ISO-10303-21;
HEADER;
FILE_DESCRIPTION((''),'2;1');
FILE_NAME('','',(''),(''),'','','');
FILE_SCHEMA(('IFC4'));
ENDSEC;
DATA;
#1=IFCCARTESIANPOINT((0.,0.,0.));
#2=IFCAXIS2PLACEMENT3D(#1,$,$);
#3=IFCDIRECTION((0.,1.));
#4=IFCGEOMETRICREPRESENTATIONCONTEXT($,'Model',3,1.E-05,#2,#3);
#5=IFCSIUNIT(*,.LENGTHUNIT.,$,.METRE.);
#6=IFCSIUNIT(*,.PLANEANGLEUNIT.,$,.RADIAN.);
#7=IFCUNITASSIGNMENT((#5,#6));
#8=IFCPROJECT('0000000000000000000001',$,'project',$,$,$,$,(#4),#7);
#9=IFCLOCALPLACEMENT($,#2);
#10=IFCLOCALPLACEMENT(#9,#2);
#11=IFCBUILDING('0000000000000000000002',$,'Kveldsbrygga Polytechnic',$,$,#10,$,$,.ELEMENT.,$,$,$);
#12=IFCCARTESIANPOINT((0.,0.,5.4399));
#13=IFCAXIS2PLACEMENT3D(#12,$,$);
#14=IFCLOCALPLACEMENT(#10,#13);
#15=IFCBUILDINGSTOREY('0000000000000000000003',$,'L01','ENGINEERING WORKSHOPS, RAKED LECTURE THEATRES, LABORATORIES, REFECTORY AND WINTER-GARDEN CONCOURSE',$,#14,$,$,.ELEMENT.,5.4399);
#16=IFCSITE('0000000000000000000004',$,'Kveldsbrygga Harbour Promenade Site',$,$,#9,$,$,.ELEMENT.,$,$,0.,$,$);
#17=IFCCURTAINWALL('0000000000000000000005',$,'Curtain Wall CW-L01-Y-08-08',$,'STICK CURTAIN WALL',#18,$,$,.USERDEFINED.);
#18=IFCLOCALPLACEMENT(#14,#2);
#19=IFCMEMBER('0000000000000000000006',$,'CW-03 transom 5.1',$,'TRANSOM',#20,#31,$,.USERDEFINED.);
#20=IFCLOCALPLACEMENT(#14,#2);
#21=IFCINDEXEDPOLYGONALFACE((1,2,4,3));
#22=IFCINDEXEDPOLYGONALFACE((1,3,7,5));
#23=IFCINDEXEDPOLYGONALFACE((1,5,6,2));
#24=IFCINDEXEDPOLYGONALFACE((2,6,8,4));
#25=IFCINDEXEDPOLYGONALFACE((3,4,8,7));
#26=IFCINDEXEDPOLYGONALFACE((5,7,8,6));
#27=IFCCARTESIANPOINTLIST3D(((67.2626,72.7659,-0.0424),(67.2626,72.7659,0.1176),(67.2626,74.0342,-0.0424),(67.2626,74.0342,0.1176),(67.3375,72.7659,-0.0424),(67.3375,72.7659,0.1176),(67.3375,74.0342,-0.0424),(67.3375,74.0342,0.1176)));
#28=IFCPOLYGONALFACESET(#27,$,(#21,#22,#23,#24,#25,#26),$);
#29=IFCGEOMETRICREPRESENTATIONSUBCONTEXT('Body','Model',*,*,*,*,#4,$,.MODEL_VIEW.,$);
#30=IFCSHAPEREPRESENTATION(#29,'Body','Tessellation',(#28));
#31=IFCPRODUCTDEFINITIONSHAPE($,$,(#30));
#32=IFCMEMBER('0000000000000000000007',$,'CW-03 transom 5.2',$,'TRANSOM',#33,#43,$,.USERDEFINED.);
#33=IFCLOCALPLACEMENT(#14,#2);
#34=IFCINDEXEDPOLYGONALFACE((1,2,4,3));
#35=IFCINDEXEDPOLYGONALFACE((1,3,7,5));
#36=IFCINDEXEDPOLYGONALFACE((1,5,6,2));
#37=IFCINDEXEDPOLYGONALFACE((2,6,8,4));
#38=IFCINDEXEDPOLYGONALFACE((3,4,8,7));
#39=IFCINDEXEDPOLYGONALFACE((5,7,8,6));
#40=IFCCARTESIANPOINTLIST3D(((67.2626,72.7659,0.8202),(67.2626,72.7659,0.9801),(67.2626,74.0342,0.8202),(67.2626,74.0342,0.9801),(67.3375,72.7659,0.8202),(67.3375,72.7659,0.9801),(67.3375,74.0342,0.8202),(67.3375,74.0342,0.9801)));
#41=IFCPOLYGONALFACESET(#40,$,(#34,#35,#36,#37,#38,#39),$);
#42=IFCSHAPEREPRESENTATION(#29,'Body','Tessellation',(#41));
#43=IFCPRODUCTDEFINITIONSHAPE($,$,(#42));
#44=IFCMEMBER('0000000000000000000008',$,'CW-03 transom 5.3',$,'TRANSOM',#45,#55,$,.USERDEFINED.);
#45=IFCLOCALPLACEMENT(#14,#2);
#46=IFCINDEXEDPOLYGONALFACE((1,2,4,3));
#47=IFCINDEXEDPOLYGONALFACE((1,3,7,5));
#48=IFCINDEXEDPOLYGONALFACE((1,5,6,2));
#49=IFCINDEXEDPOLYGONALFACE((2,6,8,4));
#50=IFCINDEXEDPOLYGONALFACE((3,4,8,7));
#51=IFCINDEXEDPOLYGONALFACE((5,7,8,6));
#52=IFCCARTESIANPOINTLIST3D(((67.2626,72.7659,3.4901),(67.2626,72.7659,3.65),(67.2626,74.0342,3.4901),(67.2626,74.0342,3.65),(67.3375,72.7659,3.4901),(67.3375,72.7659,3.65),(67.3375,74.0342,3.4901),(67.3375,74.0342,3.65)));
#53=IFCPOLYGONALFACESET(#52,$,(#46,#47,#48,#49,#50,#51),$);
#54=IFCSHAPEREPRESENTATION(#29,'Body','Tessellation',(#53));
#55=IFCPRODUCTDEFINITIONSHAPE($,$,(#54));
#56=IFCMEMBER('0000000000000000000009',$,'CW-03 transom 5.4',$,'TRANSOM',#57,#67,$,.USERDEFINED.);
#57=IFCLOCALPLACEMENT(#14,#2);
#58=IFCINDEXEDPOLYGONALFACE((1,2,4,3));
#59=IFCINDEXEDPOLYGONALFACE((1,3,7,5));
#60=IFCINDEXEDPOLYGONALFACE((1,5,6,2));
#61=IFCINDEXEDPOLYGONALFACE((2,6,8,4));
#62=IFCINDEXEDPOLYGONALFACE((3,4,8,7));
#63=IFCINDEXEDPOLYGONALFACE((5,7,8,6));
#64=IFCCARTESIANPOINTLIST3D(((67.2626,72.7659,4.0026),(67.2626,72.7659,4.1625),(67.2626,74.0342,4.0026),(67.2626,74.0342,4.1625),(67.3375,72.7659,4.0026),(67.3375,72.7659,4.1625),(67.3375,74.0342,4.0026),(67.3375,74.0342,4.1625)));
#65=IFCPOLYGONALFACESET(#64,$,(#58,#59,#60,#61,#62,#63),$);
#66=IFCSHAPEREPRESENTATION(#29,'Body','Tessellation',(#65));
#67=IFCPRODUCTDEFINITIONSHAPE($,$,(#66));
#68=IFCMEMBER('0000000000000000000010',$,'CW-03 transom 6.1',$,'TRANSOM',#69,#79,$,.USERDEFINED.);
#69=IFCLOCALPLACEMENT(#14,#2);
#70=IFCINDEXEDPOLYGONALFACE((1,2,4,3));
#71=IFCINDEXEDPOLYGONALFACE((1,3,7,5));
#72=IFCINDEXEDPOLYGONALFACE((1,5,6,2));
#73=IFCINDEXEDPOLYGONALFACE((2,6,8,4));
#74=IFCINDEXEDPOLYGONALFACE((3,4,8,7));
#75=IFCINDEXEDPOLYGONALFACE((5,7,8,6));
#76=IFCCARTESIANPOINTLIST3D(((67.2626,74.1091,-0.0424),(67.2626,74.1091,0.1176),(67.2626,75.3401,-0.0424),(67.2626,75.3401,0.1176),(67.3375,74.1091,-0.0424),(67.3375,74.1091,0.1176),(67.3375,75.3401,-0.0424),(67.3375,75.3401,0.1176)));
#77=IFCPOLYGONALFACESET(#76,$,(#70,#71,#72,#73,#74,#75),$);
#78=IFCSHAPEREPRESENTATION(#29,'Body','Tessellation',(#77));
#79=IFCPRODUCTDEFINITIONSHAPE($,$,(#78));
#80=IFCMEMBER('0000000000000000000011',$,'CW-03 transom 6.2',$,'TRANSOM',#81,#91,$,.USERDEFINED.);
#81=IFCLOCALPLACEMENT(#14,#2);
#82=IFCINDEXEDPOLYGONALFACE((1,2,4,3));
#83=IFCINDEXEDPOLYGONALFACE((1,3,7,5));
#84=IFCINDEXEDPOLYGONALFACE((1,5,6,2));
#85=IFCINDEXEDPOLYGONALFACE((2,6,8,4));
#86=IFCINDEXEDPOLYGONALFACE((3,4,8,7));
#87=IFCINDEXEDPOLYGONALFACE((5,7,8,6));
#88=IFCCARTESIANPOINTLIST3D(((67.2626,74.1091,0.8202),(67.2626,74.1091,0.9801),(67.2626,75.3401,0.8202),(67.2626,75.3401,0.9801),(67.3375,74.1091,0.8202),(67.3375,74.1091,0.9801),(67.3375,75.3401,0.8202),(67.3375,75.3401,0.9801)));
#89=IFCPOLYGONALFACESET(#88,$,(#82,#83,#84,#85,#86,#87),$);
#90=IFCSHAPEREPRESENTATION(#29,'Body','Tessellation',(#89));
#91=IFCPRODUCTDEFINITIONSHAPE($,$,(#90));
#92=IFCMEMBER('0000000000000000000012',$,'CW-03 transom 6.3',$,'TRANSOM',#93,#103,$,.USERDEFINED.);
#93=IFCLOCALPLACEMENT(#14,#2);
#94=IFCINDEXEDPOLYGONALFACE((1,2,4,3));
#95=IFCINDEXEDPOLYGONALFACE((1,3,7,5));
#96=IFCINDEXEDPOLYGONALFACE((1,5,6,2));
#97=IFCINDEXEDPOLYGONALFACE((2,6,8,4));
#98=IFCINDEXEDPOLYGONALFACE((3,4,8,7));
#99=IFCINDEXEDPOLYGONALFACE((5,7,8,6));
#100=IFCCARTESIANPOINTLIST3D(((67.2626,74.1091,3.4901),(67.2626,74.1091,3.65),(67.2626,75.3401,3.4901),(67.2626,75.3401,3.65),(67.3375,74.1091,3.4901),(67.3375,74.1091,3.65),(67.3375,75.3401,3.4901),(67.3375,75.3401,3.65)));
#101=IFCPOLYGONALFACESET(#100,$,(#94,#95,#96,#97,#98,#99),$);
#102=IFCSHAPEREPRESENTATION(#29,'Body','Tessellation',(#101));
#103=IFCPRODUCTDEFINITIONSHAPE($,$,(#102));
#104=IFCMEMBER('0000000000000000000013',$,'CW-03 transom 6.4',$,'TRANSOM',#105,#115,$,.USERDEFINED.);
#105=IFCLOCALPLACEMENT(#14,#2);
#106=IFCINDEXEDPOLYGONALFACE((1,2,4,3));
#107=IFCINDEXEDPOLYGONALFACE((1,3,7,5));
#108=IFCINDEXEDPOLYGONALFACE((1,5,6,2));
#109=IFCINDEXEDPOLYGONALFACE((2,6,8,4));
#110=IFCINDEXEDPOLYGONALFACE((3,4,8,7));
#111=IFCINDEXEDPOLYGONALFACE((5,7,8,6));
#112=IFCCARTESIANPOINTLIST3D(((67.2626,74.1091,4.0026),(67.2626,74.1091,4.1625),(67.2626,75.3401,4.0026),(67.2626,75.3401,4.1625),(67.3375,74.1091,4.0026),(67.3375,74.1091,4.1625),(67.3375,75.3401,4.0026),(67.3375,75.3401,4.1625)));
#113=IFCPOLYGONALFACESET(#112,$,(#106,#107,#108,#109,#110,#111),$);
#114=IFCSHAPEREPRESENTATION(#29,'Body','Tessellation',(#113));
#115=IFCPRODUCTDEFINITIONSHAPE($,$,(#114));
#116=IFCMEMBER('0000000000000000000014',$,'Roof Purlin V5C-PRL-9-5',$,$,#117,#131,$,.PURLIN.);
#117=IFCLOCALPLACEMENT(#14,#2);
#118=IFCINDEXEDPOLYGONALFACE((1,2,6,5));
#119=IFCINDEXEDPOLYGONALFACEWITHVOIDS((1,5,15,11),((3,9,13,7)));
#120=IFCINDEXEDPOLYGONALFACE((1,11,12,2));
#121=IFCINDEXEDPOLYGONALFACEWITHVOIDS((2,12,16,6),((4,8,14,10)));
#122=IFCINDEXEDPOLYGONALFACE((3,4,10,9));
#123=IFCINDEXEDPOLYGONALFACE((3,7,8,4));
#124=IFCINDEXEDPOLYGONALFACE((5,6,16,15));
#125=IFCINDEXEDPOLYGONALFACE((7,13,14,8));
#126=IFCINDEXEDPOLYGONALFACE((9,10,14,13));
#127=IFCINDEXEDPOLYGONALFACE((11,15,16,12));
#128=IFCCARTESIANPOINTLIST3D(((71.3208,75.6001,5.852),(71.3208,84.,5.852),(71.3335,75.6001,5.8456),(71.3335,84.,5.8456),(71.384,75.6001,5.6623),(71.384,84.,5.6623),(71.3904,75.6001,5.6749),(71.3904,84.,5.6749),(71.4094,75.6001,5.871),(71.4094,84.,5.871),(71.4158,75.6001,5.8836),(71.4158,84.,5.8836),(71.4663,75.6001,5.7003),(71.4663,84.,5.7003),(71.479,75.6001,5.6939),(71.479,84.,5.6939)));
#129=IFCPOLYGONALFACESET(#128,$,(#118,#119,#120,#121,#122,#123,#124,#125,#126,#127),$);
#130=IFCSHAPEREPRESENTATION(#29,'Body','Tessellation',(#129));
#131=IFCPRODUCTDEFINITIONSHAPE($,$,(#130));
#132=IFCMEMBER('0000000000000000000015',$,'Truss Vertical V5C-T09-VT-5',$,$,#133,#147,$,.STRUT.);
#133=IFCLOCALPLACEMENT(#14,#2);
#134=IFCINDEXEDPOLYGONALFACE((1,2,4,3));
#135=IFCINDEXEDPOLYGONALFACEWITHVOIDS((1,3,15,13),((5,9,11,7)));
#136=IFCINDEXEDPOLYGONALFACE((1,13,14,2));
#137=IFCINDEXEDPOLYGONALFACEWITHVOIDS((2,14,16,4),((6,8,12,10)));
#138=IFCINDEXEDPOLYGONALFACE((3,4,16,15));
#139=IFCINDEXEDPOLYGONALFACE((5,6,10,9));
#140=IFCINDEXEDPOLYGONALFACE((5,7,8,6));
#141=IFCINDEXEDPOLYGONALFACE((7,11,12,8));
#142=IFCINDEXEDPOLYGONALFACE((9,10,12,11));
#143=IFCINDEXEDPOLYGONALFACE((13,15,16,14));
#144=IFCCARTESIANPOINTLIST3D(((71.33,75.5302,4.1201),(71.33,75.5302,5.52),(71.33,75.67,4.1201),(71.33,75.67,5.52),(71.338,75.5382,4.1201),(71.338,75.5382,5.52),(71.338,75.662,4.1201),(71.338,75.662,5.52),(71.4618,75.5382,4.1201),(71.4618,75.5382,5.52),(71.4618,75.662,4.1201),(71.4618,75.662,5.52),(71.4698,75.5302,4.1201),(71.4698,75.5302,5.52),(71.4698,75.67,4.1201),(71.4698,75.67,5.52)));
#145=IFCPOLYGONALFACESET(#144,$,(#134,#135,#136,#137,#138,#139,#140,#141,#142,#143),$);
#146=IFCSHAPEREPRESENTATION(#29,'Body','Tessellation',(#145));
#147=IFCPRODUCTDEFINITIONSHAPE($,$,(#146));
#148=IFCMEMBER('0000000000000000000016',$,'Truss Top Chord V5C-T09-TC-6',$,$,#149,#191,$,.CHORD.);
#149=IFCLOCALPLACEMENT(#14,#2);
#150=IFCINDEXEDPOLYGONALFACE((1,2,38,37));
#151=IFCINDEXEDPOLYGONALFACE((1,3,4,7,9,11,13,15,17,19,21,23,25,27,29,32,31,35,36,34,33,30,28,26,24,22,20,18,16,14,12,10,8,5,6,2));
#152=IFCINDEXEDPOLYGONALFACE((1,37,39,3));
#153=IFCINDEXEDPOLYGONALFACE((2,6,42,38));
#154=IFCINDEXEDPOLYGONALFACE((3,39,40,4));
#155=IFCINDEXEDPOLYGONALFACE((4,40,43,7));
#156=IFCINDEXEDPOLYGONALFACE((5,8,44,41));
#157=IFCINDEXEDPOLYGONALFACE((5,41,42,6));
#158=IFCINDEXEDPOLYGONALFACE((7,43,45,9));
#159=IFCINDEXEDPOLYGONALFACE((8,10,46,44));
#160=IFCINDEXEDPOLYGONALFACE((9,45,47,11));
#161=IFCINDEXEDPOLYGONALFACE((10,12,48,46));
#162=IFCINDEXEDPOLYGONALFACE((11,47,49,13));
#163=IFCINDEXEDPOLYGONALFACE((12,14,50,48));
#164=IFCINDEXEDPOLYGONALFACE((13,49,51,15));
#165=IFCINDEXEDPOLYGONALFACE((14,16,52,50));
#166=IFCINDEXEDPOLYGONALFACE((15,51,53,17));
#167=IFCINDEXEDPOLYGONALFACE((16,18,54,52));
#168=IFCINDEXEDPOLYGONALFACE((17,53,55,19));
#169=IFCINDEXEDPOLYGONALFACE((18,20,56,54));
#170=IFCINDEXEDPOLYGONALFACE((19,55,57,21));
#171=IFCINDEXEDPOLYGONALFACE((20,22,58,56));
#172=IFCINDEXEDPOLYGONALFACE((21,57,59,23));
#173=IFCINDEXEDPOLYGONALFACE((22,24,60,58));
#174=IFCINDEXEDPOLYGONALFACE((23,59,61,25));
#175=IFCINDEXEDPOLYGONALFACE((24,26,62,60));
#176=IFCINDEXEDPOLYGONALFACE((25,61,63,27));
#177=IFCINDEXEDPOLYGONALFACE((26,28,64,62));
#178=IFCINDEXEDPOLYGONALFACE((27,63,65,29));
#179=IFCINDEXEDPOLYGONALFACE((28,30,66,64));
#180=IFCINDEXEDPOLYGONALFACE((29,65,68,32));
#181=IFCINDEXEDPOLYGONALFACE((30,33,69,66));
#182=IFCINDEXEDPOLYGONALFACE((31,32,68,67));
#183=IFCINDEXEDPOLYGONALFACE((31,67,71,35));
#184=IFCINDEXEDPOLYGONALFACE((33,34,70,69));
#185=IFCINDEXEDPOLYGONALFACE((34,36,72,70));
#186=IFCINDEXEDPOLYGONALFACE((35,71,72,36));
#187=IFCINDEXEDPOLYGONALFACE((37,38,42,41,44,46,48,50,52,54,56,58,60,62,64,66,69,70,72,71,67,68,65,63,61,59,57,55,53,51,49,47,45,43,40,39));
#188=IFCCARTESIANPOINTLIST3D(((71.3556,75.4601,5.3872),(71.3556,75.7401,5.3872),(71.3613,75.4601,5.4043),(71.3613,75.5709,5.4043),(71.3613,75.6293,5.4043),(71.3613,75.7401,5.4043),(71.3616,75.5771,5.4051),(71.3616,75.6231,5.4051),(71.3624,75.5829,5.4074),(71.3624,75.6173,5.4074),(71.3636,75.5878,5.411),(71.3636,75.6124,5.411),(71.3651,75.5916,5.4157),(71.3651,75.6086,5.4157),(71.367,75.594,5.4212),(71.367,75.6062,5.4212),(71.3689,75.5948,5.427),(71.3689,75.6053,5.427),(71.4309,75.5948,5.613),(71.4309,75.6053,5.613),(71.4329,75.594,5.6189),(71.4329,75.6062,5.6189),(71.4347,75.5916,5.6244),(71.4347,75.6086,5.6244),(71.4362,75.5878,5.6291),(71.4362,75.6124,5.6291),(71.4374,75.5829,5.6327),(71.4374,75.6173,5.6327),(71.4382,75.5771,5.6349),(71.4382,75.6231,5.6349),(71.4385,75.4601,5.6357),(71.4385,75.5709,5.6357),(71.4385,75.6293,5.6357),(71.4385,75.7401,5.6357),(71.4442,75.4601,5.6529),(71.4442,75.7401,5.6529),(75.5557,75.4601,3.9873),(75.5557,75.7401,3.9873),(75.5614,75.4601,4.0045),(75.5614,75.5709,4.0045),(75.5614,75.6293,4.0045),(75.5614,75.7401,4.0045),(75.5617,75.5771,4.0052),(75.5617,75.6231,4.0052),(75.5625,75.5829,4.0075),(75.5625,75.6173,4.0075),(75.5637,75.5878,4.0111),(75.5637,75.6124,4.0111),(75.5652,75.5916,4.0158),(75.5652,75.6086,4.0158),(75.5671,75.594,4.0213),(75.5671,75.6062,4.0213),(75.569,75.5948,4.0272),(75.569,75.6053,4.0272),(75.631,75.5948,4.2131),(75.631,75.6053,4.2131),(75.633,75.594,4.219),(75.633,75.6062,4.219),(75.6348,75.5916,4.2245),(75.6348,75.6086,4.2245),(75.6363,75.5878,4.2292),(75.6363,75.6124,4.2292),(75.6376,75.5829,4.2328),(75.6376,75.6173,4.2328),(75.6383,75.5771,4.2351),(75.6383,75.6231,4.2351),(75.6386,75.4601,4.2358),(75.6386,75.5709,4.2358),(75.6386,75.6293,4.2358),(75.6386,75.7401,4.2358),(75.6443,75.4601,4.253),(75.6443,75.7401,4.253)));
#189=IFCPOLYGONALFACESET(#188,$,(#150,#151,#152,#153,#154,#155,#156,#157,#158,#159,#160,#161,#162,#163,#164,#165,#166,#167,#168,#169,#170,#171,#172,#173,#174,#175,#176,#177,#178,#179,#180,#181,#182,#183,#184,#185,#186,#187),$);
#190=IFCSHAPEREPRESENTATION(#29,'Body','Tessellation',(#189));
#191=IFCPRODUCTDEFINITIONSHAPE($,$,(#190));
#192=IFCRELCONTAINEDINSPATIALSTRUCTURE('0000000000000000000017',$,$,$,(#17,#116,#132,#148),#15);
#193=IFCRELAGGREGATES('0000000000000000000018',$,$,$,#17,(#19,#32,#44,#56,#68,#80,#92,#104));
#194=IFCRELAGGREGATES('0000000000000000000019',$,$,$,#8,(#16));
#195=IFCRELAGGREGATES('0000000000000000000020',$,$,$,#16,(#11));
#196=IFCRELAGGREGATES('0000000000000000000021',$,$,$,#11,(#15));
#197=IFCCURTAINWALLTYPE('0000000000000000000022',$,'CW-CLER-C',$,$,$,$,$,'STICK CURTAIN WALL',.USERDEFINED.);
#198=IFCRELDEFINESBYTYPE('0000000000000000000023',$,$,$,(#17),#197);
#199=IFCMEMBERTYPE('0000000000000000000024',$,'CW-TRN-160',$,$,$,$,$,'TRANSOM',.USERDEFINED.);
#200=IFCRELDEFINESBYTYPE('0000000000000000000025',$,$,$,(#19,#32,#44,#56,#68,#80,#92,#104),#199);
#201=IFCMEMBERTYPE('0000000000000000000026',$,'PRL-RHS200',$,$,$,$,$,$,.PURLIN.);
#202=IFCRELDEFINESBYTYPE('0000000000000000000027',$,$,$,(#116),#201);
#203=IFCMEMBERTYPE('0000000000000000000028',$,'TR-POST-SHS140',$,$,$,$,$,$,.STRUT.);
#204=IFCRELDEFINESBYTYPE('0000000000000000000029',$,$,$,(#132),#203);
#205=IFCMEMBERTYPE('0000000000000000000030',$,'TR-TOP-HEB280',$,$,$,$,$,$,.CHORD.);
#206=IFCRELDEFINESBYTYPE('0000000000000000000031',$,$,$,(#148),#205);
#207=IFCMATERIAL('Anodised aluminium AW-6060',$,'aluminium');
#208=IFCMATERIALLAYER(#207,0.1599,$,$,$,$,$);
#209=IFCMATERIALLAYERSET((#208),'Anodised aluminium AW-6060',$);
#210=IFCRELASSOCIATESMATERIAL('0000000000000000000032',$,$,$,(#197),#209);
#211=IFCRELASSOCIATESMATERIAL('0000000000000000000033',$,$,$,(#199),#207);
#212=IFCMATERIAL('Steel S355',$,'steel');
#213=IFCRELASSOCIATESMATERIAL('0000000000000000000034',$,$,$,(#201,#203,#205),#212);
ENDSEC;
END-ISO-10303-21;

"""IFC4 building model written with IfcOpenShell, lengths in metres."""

from ifc_helpers import new_model, si_unit, direction, frame, origin, origin_2d, place, context, subcontext, project, spatial, rectangle, hollow_rectangle, i_section, extrude, material, layer, layer_set, material_profile, profile_set, type_object, element, aggregate, save


model = new_model("IFC4")

# Units and contexts
model_context = context("Model", 3, precision=1e-05, world=origin(), true_north=direction((0.0, 1.0)))
body_context = subcontext(model_context, "Body", "Model", "MODEL_VIEW")
ifc_project = project(units=[si_unit("LENGTHUNIT", "METRE"), si_unit("PLANEANGLEUNIT", "RADIAN")], contexts=[model_context])

# Site, building, storey
site_placement = place(None, origin())
site = spatial("IfcSite", under=ifc_project, at=site_placement, Name="Kveldsbrygga Harbour Promenade Site", CompositionType="ELEMENT", RefElevation=0.0)
building_placement = place(site_placement, origin())
building = spatial("IfcBuilding", under=site, at=building_placement, Name="Kveldsbrygga Polytechnic", CompositionType="ELEMENT")
storey_placement = place(building_placement, frame((0.0, 0.0, 5.4399)))
storey = spatial("IfcBuildingStorey", under=building, at=storey_placement, Name="L01", Description="ENGINEERING WORKSHOPS, RAKED LECTURE THEATRES, LABORATORIES, REFECTORY AND WINTER-GARDEN CONCOURSE", CompositionType="ELEMENT", Elevation=5.4399)

# Shared definitions
ifc_material_1 = material(Name="Anodised aluminium AW-6060", Category="aluminium")

# Curtain wall
ifc_layer_1 = layer(ifc_material_1, 0.1599)
ifc_layer_set_1 = layer_set([ifc_layer_1], Name="Anodised aluminium AW-6060")
curtain_wall_type_1 = type_object("IfcCurtainWallType", Name="CW-CLER-C", ElementType="STICK CURTAIN WALL", PredefinedType="USERDEFINED", material=ifc_layer_set_1)
curtain_wall_1_placement = place(storey_placement, origin())
curtain_wall_1 = element("IfcCurtainWall", 1, at=curtain_wall_1_placement, inside=storey, type_object=curtain_wall_type_1, Name="Curtain Wall CW-L01-Y-08-08", ObjectType="STICK CURTAIN WALL", PredefinedType="USERDEFINED")

# Members
ifc_material_profile_1 = material_profile(ifc_material_1, rectangle(XDim=0.075, YDim=0.1599, at=origin_2d()), Name="ALU 75x160")
ifc_profile_set_1 = profile_set([ifc_material_profile_1], Name="Anodised aluminium AW-6060")
member_type_1 = type_object("IfcMemberType", Name="CW-TRN-160", ElementType="TRANSOM", PredefinedType="USERDEFINED", material=ifc_profile_set_1)
member_1_placement = place(storey_placement, frame((67.3, 72.7659, 0.0376), z_axis=(0.0, 1.0, 0.0), x_axis=(-1.0, 0.0, 0.0)))
member_1 = element("IfcMember", 2, at=member_1_placement, type_object=member_type_1, Name="CW-03 transom 5.1", ObjectType="TRANSOM", PredefinedType="USERDEFINED", context=body_context, shape_type="SweptSolid", body=[
    extrude(rectangle(XDim=0.075, YDim=0.1599, at=origin_2d()), origin(), (0.0, 0.0, 1.0), 1.2683),
])
member_2_placement = place(storey_placement, frame((67.3, 72.7659, 0.9001), z_axis=(0.0, 1.0, 0.0), x_axis=(-1.0, 0.0, 0.0)))
member_2 = element("IfcMember", 3, at=member_2_placement, type_object=member_type_1, Name="CW-03 transom 5.2", ObjectType="TRANSOM", PredefinedType="USERDEFINED", context=body_context, shape_type="SweptSolid", body=[
    extrude(rectangle(XDim=0.075, YDim=0.1599, at=origin_2d()), origin(), (0.0, 0.0, 1.0), 1.2683),
])
member_3_placement = place(storey_placement, frame((67.3, 72.7659, 3.5701), z_axis=(0.0, 1.0, 0.0), x_axis=(-1.0, 0.0, 0.0)))
member_3 = element("IfcMember", 4, at=member_3_placement, type_object=member_type_1, Name="CW-03 transom 5.3", ObjectType="TRANSOM", PredefinedType="USERDEFINED", context=body_context, shape_type="SweptSolid", body=[
    extrude(rectangle(XDim=0.075, YDim=0.1599, at=origin_2d()), origin(), (0.0, 0.0, 1.0), 1.2683),
])
member_4_placement = place(storey_placement, frame((67.3, 72.7659, 4.0825), z_axis=(0.0, 1.0, 0.0), x_axis=(-1.0, 0.0, 0.0)))
member_4 = element("IfcMember", 5, at=member_4_placement, type_object=member_type_1, Name="CW-03 transom 5.4", ObjectType="TRANSOM", PredefinedType="USERDEFINED", context=body_context, shape_type="SweptSolid", body=[
    extrude(rectangle(XDim=0.075, YDim=0.1599, at=origin_2d()), origin(), (0.0, 0.0, 1.0), 1.2683),
])
member_5_placement = place(storey_placement, frame((67.3, 74.1091, 0.0376), z_axis=(0.0, 1.0, 0.0), x_axis=(-1.0, 0.0, 0.0)))
member_5 = element("IfcMember", 6, at=member_5_placement, type_object=member_type_1, Name="CW-03 transom 6.1", ObjectType="TRANSOM", PredefinedType="USERDEFINED", context=body_context, shape_type="SweptSolid", body=[
    extrude(rectangle(XDim=0.075, YDim=0.1599, at=origin_2d()), origin(), (0.0, 0.0, 1.0), 1.231),
])
member_6_placement = place(storey_placement, frame((67.3, 74.1091, 0.9001), z_axis=(0.0, 1.0, 0.0), x_axis=(-1.0, 0.0, 0.0)))
member_6 = element("IfcMember", 7, at=member_6_placement, type_object=member_type_1, Name="CW-03 transom 6.2", ObjectType="TRANSOM", PredefinedType="USERDEFINED", context=body_context, shape_type="SweptSolid", body=[
    extrude(rectangle(XDim=0.075, YDim=0.1599, at=origin_2d()), origin(), (0.0, 0.0, 1.0), 1.231),
])
member_7_placement = place(storey_placement, frame((67.3, 74.1091, 3.5701), z_axis=(0.0, 1.0, 0.0), x_axis=(-1.0, 0.0, 0.0)))
member_7 = element("IfcMember", 8, at=member_7_placement, type_object=member_type_1, Name="CW-03 transom 6.3", ObjectType="TRANSOM", PredefinedType="USERDEFINED", context=body_context, shape_type="SweptSolid", body=[
    extrude(rectangle(XDim=0.075, YDim=0.1599, at=origin_2d()), origin(), (0.0, 0.0, 1.0), 1.231),
])
member_8_placement = place(storey_placement, frame((67.3, 74.1091, 4.0825), z_axis=(0.0, 1.0, 0.0), x_axis=(-1.0, 0.0, 0.0)))
member_8 = element("IfcMember", 9, at=member_8_placement, type_object=member_type_1, Name="CW-03 transom 6.4", ObjectType="TRANSOM", PredefinedType="USERDEFINED", context=body_context, shape_type="SweptSolid", body=[
    extrude(rectangle(XDim=0.075, YDim=0.1599, at=origin_2d()), origin(), (0.0, 0.0, 1.0), 1.231),
])

# Members
ifc_material_2 = material(Name="Steel S355", Category="steel")
ifc_material_profile_2 = material_profile(ifc_material_2, hollow_rectangle(XDim=0.1001, YDim=0.2, WallThickness=0.01, at=origin_2d()), Name="RHS 200x100x10.0")
ifc_profile_set_2 = profile_set([ifc_material_profile_2], Name="Steel S355")
member_type_2 = type_object("IfcMemberType", Name="PRL-RHS200", PredefinedType="PURLIN", material=ifc_profile_set_2)
member_9_placement = place(storey_placement, frame((71.3999, 75.6001, 5.7729), z_axis=(0.0, 1.0, 0.0), x_axis=(-0.948684, 0.0, -0.316227)))
element("IfcMember", 10, at=member_9_placement, inside=storey, type_object=member_type_2, Name="Roof Purlin V5C-PRL-9-5", PredefinedType="PURLIN", context=body_context, shape_type="SweptSolid", body=[
    extrude(hollow_rectangle(XDim=0.1001, YDim=0.2, WallThickness=0.01, at=origin_2d()), origin(), (0.0, 0.0, 1.0), 8.3999),
])
ifc_material_profile_3 = material_profile(ifc_material_2, hollow_rectangle(XDim=0.1399, YDim=0.1399, WallThickness=0.0081, at=origin_2d()), Name="SHS 140x140x8.0")
ifc_profile_set_3 = profile_set([ifc_material_profile_3], Name="Steel S355")
member_type_3 = type_object("IfcMemberType", Name="TR-POST-SHS140", PredefinedType="STRUT", material=ifc_profile_set_3)
member_10_placement = place(storey_placement, frame((71.3999, 75.6001, 4.1201), z_axis=(0.0, 0.0, 1.0), x_axis=(1.0, 0.0, 0.0)))
element("IfcMember", 11, at=member_10_placement, inside=storey, type_object=member_type_3, Name="Truss Vertical V5C-T09-VT-5", PredefinedType="STRUT", context=body_context, shape_type="SweptSolid", body=[
    extrude(hollow_rectangle(XDim=0.1399, YDim=0.1399, WallThickness=0.0081, at=origin_2d()), origin(), (0.0, 0.0, 1.0), 1.3999),
])
ifc_material_profile_4 = material_profile(ifc_material_2, i_section(OverallWidth=0.28, OverallDepth=0.28, WebThickness=0.0105, FlangeThickness=0.0181, FilletRadius=0.0239, at=origin_2d()), Name="HEB 280")
ifc_profile_set_4 = profile_set([ifc_material_profile_4], Name="Steel S355")
member_type_4 = type_object("IfcMemberType", Name="TR-TOP-HEB280", PredefinedType="CHORD", material=ifc_profile_set_4)
member_11_placement = place(storey_placement, frame((71.3999, 75.6001, 5.52), z_axis=(0.948694, 0.0, -0.316195), x_axis=(0.0, 1.0, 0.0)))
element("IfcMember", 12, at=member_11_placement, inside=storey, type_object=member_type_4, Name="Truss Top Chord V5C-T09-TC-6", PredefinedType="CHORD", context=body_context, shape_type="SweptSolid", body=[
    extrude(i_section(OverallWidth=0.28, OverallDepth=0.28, WebThickness=0.0105, FlangeThickness=0.0181, FilletRadius=0.0239, at=origin_2d()), origin(), (0.0, 0.0, 1.0), 4.4272),
])

aggregate(curtain_wall_1, [member_1, member_2, member_3, member_4, member_5, member_6, member_7, member_8])

save(model, "model.ifc")
